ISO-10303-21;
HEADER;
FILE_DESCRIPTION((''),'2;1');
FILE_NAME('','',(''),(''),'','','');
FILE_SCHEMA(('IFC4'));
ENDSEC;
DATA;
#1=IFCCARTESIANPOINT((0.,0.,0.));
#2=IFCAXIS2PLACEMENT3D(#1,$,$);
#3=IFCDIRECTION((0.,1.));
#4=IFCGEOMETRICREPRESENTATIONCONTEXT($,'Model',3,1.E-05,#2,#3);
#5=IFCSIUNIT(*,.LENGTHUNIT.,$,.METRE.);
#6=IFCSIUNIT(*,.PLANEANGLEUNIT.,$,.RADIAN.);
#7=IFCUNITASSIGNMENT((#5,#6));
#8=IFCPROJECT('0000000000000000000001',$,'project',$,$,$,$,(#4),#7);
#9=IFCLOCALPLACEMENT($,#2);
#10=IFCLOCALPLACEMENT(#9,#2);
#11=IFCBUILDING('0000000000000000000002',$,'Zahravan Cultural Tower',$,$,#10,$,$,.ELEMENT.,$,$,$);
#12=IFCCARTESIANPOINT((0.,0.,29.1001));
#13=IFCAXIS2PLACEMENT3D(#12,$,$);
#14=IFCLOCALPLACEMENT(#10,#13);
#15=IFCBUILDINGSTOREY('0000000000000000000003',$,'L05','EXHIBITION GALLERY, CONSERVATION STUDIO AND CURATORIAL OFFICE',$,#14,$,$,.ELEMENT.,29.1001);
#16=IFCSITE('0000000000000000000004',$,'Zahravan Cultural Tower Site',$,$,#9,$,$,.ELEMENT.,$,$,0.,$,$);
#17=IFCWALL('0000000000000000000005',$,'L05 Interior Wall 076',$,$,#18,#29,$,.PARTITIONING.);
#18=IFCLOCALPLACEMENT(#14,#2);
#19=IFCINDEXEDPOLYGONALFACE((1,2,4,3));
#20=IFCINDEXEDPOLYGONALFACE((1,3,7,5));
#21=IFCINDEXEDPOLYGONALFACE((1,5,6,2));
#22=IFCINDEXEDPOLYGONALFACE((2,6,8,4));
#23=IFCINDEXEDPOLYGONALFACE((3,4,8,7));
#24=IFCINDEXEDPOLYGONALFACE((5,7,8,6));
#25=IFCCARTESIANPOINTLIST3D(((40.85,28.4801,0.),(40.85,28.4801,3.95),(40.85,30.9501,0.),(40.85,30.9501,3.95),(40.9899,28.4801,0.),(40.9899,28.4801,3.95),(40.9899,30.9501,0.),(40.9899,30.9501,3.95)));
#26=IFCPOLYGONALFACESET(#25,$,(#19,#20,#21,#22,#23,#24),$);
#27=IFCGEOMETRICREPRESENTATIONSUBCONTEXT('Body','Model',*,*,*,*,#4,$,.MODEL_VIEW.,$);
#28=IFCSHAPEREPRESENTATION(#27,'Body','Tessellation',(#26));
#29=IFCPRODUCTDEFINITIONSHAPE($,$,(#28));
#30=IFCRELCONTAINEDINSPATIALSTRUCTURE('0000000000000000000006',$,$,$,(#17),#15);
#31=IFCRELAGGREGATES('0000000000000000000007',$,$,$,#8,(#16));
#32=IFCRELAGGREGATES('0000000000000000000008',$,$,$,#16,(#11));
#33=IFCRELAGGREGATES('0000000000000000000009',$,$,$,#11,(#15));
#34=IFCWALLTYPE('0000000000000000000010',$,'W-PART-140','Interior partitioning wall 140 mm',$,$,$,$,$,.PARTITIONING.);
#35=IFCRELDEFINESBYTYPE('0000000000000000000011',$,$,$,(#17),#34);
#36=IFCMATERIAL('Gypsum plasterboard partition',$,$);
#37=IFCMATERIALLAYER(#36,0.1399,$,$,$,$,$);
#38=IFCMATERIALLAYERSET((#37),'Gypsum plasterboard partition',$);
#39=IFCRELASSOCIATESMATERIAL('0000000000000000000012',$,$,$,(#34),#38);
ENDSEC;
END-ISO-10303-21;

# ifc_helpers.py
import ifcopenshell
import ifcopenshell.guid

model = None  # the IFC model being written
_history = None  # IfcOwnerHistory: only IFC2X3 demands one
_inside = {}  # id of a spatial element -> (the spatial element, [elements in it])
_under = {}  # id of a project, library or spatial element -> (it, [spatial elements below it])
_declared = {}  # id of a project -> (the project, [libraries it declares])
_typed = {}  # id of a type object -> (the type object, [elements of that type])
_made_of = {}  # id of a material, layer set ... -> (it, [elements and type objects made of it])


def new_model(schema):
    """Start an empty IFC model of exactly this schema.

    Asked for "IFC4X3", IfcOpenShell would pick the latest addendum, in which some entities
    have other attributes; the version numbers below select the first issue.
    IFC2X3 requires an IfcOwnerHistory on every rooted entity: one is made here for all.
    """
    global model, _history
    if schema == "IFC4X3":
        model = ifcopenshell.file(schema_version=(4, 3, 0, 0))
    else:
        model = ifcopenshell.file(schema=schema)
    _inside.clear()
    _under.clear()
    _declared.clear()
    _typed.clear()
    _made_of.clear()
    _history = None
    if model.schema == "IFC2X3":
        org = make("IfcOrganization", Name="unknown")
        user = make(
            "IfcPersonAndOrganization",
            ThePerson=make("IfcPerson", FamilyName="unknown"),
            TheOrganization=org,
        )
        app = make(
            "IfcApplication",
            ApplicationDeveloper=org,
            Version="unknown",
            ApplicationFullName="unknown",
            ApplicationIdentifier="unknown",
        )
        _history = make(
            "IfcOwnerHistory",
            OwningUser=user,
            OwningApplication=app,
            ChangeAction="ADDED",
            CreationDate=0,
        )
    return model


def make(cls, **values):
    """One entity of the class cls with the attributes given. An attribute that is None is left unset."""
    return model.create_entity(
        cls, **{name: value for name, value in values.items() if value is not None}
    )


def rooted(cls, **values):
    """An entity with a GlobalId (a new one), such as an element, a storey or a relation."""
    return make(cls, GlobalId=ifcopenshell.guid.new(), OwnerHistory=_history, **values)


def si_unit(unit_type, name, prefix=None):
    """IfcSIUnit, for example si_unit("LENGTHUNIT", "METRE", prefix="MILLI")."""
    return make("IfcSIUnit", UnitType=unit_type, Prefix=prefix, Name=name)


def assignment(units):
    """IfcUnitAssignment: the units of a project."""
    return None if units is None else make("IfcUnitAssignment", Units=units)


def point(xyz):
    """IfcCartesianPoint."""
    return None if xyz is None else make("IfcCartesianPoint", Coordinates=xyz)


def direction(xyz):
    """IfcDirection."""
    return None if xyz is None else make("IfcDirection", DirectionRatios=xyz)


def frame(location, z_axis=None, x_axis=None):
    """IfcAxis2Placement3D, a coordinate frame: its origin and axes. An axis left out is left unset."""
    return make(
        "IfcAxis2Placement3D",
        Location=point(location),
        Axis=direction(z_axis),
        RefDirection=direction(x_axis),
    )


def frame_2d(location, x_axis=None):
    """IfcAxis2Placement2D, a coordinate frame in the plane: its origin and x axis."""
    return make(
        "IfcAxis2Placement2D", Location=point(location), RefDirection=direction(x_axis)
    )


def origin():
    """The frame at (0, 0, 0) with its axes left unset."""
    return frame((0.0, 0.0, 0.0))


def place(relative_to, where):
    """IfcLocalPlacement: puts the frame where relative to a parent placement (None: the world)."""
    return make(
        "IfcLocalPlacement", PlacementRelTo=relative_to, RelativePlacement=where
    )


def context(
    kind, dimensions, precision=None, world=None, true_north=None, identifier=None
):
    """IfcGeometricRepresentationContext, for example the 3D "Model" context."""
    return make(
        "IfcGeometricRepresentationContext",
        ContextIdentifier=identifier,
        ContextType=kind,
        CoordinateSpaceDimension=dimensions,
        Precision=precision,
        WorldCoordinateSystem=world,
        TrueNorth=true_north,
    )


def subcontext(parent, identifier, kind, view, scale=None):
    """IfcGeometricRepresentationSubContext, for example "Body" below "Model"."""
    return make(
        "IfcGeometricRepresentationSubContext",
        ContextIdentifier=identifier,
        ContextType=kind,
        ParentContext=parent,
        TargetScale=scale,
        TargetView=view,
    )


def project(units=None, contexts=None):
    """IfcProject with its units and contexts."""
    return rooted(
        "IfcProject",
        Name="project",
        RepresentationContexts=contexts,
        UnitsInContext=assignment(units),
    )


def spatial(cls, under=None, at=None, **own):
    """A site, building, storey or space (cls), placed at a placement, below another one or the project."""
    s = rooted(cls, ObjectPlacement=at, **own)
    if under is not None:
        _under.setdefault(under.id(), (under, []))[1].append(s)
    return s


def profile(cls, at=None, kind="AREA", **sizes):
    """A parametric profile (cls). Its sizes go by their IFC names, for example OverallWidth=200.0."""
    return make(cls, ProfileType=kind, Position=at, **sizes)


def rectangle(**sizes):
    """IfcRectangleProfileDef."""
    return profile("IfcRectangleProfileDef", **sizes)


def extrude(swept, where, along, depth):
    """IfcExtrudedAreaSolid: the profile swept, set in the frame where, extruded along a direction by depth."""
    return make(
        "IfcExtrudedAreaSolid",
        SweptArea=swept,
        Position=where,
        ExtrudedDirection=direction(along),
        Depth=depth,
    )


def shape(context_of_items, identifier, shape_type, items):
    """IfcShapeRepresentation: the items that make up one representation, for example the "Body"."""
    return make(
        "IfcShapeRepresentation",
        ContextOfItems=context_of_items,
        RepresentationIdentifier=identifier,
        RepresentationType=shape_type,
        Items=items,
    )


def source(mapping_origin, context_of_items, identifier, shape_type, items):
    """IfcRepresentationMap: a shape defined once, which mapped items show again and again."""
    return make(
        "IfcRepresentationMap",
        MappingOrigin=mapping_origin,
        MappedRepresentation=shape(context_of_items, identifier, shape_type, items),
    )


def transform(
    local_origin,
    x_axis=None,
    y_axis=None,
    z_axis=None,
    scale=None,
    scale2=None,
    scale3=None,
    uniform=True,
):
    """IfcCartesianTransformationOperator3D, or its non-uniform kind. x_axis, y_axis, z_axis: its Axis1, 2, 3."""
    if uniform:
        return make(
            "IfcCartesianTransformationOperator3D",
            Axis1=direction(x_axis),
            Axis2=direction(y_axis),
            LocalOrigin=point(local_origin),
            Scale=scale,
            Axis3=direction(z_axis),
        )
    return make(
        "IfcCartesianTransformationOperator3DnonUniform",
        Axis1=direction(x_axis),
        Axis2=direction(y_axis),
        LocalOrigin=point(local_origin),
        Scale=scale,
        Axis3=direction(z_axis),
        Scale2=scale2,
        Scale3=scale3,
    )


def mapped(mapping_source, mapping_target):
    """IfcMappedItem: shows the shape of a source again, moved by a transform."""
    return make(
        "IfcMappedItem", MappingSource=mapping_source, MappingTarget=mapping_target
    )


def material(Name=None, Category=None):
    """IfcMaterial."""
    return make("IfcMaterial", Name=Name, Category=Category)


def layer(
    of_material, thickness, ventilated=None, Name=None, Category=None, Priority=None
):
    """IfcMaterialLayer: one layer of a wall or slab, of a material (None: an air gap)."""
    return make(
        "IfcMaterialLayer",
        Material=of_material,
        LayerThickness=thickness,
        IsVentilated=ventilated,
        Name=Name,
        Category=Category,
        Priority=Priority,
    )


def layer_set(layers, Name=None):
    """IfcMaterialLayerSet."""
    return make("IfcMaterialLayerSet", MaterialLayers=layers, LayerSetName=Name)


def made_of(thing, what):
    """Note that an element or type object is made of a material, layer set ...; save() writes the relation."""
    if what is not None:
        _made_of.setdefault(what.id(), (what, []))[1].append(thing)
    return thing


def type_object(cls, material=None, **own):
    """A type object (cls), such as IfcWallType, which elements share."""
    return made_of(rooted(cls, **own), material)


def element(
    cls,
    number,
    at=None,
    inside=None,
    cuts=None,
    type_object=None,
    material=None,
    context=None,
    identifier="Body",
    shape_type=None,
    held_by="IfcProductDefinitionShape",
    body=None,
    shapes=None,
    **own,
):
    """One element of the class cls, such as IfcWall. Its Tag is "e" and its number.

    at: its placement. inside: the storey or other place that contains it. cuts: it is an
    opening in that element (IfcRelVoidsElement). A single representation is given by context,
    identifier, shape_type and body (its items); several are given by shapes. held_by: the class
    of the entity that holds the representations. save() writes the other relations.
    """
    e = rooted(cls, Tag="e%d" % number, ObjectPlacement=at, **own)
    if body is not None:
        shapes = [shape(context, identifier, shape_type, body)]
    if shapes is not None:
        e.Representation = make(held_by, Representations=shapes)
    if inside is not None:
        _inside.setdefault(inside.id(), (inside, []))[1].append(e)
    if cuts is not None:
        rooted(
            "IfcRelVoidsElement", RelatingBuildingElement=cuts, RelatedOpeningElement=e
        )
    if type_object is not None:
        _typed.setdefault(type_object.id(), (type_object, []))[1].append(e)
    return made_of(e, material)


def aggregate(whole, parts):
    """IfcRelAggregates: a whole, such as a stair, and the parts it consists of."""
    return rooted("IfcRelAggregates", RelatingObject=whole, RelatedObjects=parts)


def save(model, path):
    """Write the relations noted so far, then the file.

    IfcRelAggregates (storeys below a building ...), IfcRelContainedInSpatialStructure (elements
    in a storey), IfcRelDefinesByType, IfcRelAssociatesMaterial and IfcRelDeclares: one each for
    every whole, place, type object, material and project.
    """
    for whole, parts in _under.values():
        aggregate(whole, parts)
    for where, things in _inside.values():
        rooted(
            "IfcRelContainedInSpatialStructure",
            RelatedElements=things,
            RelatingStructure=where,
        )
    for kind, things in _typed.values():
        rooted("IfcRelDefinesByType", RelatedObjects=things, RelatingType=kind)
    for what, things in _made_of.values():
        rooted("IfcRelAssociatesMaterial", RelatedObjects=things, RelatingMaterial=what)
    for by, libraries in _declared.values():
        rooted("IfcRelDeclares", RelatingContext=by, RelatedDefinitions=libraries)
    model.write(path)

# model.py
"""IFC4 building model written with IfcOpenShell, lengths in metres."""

from ifc_helpers import new_model, si_unit, direction, frame, frame_2d, origin, place, context, subcontext, project, spatial, rectangle, extrude, source, transform, mapped, material, layer, layer_set, type_object, element, save


model = new_model("IFC4")

# Units and contexts
model_context = context("Model", 3, precision=1e-05, world=origin(), true_north=direction((0.0, 1.0)))
body_context = subcontext(model_context, "Body", "Model", "MODEL_VIEW")
ifc_project = project(units=[si_unit("LENGTHUNIT", "METRE"), si_unit("PLANEANGLEUNIT", "RADIAN")], contexts=[model_context])

# Site, building, storey
site_placement = place(None, origin())
site = spatial("IfcSite", under=ifc_project, at=site_placement, Name="Zahravan Cultural Tower Site", CompositionType="ELEMENT", RefElevation=0.0)
building_placement = place(site_placement, origin())
building = spatial("IfcBuilding", under=site, at=building_placement, Name="Zahravan Cultural Tower", CompositionType="ELEMENT")
storey_placement = place(building_placement, frame((0.0, 0.0, 29.1001)))
storey = spatial("IfcBuildingStorey", under=building, at=storey_placement, Name="L05", Description="EXHIBITION GALLERY, CONSERVATION STUDIO AND CURATORIAL OFFICE", CompositionType="ELEMENT", Elevation=29.1001)

# Shared definitions
ifc_material_1 = material(Name="Gypsum plasterboard partition")
ifc_layer_1 = layer(ifc_material_1, 0.1399)
ifc_layer_set_1 = layer_set([ifc_layer_1], Name="Gypsum plasterboard partition")
wall_type_1 = type_object("IfcWallType", Name="W-PART-140", Description="Interior partitioning wall 140 mm", PredefinedType="PARTITIONING", material=ifc_layer_set_1)

# Wall
shared_shape_1 = source(origin(), body_context, "Body", "SweptSolid", [
    extrude(rectangle(XDim=2.47, YDim=0.1399, at=frame_2d((1.2349, 0.0))), origin(), (0.0, 0.0, 1.0), 3.95),
])
wall_1_placement = place(storey_placement, frame((40.9199, 30.95, 0.0), z_axis=(0.0, 0.0, 1.0), x_axis=(0.0, -1.0, 0.0)))
element("IfcWall", 1, at=wall_1_placement, inside=storey, type_object=wall_type_1, Name="L05 Interior Wall 076", PredefinedType="PARTITIONING", context=body_context, shape_type="MappedRepresentation", body=[
    mapped(shared_shape_1, transform((0.0, 0.0, 0.0), x_axis=(1.0, 0.0, 0.0), y_axis=(0.0, 1.0, 0.0), z_axis=(0.0, 0.0, 1.0), scale=1.0)),
])

save(model, "model.ifc")
